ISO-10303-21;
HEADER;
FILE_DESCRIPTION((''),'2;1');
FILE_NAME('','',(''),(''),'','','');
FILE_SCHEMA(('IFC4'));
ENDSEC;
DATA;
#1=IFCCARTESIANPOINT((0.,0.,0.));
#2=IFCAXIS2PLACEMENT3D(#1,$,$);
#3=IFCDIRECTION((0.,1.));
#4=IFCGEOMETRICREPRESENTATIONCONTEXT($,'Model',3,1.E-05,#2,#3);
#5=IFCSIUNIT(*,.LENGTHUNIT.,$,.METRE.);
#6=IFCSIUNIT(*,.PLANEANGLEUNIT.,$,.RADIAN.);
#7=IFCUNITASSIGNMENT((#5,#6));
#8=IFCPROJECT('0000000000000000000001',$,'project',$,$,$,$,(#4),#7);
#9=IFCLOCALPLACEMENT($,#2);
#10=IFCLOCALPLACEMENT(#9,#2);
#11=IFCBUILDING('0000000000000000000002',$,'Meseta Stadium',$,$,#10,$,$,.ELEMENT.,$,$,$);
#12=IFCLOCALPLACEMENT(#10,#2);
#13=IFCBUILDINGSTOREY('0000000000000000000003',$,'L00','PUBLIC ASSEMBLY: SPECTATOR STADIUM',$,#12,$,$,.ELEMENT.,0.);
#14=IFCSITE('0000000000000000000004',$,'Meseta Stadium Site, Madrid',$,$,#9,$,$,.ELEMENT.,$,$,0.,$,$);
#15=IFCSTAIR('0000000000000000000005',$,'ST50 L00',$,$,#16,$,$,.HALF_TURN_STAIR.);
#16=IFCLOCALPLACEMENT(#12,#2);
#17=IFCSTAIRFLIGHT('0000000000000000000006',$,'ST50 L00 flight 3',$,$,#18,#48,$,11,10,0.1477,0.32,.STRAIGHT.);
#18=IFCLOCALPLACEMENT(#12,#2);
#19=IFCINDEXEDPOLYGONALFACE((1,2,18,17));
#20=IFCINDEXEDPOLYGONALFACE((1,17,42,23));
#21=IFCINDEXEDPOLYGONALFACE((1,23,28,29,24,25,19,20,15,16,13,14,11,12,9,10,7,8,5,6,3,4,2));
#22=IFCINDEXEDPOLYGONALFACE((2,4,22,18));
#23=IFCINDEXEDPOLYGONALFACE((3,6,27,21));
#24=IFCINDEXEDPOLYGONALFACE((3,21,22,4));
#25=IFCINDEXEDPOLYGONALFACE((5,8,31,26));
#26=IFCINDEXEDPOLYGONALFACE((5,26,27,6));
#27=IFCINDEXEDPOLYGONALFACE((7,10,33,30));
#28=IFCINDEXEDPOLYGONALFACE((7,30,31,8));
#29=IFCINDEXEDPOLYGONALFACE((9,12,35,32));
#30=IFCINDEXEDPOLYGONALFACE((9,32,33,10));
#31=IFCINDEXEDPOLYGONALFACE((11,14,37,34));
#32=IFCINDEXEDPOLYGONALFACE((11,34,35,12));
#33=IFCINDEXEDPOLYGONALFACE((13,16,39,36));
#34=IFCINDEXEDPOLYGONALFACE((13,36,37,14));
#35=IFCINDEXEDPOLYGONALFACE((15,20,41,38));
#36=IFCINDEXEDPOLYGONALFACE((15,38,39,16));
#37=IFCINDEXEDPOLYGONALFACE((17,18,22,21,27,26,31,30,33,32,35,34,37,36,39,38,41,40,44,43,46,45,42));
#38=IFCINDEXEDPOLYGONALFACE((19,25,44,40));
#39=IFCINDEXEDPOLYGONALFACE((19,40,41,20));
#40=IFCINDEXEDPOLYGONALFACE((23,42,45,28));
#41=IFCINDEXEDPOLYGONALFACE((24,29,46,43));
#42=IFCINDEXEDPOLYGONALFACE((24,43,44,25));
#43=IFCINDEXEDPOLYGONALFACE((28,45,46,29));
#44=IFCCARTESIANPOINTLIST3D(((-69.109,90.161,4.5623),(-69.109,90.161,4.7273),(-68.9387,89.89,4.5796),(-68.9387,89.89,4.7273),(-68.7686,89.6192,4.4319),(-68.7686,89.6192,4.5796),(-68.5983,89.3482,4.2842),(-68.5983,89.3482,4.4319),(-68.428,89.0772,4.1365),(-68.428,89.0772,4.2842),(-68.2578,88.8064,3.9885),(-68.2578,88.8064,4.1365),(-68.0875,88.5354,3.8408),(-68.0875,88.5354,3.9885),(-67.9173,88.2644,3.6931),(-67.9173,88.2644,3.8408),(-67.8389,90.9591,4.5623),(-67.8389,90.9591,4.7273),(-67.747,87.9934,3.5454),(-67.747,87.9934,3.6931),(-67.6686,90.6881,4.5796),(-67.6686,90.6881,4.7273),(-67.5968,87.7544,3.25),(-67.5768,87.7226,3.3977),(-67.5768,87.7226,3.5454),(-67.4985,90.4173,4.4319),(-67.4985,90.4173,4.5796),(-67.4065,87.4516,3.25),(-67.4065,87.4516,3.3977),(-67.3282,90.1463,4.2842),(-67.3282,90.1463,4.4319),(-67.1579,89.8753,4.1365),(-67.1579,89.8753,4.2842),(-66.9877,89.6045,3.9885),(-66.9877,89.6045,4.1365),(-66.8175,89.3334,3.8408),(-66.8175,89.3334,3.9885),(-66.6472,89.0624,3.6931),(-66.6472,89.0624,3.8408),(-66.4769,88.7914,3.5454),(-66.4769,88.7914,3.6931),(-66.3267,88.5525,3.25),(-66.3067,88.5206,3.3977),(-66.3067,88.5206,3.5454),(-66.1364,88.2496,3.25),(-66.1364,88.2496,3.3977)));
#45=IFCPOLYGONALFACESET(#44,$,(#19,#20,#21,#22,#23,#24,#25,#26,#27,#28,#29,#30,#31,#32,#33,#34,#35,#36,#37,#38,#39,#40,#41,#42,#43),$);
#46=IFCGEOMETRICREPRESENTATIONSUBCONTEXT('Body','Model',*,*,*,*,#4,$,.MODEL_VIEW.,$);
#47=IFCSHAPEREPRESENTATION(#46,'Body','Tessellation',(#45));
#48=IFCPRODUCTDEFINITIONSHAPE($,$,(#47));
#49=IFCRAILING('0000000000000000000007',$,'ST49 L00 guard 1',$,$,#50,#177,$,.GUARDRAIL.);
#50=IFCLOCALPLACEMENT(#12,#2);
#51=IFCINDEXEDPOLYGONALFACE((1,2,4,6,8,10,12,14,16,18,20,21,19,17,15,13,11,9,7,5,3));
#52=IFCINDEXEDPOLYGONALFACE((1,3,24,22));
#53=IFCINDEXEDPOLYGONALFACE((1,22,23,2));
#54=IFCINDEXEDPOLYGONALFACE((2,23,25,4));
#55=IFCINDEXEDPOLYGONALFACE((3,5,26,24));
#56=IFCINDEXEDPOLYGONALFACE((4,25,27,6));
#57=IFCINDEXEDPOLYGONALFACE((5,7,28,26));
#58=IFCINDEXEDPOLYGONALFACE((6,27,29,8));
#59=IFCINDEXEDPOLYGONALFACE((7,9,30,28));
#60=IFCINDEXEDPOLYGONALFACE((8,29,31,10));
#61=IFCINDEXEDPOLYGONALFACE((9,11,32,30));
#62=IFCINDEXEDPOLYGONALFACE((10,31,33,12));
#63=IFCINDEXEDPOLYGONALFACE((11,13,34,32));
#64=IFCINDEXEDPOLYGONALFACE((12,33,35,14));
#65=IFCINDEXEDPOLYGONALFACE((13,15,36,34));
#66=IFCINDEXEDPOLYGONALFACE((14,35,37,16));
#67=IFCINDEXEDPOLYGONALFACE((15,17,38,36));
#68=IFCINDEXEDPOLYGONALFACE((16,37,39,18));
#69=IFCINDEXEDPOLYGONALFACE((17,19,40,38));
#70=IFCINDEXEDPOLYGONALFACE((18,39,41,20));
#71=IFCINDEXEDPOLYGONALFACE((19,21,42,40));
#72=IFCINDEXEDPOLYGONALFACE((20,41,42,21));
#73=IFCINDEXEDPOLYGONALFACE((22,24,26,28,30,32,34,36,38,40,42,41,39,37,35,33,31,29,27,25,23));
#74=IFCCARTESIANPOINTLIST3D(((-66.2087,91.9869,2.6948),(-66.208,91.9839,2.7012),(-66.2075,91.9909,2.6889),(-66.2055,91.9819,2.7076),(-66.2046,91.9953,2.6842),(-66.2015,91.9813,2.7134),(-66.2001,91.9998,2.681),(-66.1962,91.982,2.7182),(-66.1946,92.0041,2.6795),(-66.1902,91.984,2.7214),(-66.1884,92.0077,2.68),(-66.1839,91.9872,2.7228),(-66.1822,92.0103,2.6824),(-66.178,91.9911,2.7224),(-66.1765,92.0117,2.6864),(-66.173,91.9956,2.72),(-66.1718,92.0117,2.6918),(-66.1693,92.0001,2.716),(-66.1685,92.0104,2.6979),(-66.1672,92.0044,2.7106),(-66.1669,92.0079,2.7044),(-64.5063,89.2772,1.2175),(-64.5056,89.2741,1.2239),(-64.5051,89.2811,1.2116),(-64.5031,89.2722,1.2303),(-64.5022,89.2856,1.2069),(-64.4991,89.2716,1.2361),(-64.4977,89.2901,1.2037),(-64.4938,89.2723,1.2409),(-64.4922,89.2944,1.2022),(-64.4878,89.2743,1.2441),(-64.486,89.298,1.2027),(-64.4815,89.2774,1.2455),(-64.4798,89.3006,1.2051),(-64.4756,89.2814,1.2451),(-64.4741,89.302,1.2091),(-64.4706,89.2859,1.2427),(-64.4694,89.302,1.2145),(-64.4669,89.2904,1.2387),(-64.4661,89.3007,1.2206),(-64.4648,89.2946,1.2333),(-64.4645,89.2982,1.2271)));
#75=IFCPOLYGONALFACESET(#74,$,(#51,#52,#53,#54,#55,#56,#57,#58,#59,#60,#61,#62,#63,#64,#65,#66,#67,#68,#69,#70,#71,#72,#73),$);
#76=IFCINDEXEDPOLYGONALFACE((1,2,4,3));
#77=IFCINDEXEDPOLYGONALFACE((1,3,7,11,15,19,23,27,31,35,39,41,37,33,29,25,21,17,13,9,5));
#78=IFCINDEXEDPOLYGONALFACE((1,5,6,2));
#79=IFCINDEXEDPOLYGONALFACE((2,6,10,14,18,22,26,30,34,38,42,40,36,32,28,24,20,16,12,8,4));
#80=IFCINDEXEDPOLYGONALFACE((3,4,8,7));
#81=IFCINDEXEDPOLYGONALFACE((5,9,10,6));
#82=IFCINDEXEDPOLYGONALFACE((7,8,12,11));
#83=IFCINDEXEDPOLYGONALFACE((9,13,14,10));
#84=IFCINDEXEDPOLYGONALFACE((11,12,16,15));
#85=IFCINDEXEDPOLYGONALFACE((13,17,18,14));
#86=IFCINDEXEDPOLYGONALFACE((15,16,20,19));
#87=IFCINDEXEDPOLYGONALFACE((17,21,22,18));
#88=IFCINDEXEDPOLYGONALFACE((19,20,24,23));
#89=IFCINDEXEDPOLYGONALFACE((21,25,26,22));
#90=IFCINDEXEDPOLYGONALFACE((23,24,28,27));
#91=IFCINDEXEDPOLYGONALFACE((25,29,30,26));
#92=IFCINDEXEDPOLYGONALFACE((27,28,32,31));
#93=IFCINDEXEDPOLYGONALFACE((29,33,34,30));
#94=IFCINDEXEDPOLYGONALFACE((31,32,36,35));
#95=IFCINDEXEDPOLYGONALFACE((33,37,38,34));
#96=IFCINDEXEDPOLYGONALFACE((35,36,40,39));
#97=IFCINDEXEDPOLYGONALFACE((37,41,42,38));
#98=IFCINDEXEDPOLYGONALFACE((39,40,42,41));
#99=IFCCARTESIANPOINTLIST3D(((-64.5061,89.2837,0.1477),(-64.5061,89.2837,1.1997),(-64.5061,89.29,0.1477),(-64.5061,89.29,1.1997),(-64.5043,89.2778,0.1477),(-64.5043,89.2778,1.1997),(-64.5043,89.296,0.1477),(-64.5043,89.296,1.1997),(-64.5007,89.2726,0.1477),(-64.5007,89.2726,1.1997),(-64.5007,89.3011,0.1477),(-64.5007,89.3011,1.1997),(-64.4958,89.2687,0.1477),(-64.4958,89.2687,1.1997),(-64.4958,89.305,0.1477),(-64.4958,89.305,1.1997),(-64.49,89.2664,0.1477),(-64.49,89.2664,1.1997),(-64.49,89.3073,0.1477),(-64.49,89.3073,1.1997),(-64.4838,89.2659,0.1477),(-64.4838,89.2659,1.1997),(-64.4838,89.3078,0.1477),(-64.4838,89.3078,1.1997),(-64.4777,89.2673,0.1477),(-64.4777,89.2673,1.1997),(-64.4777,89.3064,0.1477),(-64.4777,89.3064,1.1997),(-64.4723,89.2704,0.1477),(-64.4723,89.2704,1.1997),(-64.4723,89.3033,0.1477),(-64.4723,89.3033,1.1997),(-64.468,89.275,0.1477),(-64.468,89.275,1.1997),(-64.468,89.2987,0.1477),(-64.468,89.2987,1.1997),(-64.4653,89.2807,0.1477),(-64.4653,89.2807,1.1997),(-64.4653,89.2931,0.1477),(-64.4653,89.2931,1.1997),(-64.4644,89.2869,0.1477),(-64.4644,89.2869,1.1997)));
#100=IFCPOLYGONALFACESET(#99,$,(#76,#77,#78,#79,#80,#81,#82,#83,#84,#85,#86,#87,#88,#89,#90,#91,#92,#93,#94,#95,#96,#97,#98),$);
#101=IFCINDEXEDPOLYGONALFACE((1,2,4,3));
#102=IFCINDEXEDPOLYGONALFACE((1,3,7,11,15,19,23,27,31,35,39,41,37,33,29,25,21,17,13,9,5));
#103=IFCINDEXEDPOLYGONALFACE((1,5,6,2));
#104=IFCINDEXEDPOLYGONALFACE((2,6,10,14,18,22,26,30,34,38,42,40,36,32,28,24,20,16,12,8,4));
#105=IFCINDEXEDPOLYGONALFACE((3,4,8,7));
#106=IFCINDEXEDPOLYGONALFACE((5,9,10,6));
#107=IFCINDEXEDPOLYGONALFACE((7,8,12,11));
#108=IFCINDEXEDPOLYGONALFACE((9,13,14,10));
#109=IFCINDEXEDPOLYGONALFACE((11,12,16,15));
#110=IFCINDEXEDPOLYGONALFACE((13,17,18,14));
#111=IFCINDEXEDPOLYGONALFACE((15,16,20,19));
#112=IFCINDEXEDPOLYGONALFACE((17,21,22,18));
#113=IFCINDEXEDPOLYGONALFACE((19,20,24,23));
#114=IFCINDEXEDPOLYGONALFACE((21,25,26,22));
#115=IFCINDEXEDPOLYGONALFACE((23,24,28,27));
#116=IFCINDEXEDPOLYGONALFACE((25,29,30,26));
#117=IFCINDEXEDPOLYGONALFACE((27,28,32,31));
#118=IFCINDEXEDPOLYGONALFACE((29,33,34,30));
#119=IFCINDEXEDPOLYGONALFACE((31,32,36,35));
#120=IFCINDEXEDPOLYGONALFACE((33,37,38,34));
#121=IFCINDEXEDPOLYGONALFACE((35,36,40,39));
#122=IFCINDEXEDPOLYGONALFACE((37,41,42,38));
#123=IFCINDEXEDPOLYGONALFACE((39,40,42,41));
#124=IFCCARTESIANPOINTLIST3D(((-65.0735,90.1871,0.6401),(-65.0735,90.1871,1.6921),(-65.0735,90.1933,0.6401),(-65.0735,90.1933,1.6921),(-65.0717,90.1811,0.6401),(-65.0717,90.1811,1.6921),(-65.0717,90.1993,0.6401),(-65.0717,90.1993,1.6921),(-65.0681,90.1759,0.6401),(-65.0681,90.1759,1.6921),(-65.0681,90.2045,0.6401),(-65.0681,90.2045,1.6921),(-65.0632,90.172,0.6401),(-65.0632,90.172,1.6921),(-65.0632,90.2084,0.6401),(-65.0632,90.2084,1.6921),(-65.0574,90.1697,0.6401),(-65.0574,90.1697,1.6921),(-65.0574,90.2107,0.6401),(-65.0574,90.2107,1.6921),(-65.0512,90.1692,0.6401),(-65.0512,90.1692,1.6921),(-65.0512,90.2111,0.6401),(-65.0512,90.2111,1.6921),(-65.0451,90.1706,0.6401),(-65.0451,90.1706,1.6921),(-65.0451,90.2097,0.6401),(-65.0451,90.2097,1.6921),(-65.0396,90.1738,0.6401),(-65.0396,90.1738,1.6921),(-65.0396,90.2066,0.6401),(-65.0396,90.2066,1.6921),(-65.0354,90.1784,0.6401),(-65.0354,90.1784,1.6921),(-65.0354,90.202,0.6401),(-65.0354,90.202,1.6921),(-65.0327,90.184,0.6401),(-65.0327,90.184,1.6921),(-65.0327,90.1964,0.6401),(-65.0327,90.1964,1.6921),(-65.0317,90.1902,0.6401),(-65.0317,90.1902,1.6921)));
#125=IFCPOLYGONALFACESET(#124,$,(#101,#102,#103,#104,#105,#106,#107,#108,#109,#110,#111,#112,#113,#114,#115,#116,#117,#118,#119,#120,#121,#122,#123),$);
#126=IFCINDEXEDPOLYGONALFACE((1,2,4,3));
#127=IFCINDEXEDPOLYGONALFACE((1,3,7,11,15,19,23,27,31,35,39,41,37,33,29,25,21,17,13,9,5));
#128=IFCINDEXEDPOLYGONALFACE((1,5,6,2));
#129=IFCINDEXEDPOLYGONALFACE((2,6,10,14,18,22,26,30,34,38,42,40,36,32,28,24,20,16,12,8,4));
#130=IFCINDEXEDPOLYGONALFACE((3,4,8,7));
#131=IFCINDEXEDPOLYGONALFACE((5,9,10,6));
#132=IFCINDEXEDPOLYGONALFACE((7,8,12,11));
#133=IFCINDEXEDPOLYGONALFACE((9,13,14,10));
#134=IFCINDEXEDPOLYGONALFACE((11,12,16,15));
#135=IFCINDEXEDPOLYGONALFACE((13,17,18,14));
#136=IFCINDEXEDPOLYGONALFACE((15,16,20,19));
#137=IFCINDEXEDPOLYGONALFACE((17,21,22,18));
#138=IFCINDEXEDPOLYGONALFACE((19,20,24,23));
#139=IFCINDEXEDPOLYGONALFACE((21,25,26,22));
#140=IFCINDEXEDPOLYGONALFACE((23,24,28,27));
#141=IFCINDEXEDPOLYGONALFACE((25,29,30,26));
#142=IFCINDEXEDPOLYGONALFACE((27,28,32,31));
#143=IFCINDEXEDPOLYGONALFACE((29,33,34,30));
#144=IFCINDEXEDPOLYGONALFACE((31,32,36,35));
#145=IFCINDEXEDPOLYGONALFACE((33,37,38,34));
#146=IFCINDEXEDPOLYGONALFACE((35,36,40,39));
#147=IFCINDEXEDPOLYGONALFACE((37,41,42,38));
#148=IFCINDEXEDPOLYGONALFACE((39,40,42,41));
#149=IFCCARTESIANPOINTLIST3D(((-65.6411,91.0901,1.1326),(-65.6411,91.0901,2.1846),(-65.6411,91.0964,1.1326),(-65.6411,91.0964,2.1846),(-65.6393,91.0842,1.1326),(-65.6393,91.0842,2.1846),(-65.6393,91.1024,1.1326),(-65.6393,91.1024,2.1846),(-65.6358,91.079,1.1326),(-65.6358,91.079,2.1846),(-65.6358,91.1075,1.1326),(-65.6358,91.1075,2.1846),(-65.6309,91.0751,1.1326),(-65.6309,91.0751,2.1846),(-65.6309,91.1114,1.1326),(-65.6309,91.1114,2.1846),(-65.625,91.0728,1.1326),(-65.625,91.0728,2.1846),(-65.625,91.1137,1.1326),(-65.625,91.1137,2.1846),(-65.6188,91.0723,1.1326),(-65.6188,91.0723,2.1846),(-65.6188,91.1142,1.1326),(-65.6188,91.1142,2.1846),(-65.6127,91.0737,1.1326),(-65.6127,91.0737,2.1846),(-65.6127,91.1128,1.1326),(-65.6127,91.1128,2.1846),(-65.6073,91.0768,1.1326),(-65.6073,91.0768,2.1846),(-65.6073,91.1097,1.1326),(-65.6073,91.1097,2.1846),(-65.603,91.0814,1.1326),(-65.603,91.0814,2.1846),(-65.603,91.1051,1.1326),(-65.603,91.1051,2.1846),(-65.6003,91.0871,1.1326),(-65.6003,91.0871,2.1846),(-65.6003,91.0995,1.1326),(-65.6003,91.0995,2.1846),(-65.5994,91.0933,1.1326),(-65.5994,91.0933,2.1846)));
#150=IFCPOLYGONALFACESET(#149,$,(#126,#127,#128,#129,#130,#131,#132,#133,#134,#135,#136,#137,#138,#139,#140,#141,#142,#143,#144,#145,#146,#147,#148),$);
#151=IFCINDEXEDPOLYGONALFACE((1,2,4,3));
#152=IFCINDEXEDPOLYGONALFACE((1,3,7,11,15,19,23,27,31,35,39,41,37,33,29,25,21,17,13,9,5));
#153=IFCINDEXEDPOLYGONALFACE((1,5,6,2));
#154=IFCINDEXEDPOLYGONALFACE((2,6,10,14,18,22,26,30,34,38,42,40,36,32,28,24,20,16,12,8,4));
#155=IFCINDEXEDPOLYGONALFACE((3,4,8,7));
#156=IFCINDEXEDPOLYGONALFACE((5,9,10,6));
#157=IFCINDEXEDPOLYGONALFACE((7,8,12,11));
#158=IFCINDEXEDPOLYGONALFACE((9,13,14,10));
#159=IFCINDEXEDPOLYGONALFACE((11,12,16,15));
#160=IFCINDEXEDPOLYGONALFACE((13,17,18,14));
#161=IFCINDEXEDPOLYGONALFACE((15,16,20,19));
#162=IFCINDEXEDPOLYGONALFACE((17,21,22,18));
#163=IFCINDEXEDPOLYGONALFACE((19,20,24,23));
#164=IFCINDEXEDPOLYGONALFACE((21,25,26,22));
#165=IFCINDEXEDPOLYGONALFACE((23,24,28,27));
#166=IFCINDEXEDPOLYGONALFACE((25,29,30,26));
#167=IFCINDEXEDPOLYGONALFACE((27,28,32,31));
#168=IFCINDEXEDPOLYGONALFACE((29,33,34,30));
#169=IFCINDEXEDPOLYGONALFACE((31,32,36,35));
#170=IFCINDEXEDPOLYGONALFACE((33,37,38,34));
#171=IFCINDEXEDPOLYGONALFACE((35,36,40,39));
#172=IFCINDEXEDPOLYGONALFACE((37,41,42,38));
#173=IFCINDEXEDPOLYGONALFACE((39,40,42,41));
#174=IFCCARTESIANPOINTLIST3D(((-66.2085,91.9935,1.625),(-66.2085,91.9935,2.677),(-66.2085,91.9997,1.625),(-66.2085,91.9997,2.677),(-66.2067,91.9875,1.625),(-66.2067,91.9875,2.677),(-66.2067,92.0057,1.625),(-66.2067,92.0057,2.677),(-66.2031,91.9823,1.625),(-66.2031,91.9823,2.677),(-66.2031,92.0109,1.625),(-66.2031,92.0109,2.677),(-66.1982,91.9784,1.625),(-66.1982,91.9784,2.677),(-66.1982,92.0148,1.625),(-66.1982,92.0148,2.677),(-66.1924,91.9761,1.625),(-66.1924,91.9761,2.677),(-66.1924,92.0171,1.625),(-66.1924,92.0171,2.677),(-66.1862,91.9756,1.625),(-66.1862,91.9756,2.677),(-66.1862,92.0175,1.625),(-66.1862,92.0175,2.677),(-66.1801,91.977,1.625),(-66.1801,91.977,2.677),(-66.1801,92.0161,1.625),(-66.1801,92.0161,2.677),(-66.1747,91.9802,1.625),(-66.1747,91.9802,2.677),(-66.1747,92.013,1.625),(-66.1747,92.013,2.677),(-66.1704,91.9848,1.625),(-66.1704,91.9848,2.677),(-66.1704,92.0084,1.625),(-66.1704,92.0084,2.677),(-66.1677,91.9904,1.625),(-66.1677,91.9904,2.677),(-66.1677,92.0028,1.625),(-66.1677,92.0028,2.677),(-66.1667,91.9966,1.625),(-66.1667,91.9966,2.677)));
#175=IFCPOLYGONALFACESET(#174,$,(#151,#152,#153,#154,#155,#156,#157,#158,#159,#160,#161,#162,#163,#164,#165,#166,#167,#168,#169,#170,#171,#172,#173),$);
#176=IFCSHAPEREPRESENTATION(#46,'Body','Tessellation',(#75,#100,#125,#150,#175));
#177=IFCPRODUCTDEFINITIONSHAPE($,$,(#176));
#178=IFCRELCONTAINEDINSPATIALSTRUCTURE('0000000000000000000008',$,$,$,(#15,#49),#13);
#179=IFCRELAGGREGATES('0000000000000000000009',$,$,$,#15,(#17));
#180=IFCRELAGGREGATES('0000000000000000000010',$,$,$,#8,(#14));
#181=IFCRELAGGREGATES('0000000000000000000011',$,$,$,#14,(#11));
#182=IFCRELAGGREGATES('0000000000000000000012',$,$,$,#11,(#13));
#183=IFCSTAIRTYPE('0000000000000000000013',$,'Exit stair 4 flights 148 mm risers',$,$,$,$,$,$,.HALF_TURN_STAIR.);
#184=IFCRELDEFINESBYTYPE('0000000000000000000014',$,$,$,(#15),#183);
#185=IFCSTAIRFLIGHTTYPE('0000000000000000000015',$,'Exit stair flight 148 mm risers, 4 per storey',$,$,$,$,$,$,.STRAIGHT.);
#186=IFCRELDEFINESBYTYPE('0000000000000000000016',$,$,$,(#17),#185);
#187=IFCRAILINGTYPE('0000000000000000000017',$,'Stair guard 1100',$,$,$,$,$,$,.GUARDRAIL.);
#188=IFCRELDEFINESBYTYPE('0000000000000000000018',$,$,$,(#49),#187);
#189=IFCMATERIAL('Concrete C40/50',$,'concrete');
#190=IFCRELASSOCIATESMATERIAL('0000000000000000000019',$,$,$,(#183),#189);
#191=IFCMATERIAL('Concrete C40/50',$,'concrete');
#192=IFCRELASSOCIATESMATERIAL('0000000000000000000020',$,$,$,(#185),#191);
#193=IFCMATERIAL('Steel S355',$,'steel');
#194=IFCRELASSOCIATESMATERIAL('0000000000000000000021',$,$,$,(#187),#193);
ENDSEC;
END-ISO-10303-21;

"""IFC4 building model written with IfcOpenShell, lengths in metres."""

from ifc_helpers import new_model, si_unit, direction, frame, origin, origin_2d, place, context, subcontext, project, spatial, polyline, circle, outline, extrude, material, type_object, element, aggregate, save


model = new_model("IFC4")

# Units and contexts
model_context = context("Model", 3, precision=1e-05, world=origin(), true_north=direction((0.0, 1.0)))
body_context = subcontext(model_context, "Body", "Model", "MODEL_VIEW")
ifc_project = project(units=[si_unit("LENGTHUNIT", "METRE"), si_unit("PLANEANGLEUNIT", "RADIAN")], contexts=[model_context])

# Site, building, storey
site_placement = place(None, origin())
site = spatial("IfcSite", under=ifc_project, at=site_placement, Name="Meseta Stadium Site, Madrid", CompositionType="ELEMENT", RefElevation=0.0)
building_placement = place(site_placement, origin())
building = spatial("IfcBuilding", under=site, at=building_placement, Name="Meseta Stadium", CompositionType="ELEMENT")
storey_placement = place(building_placement, origin())
storey = spatial("IfcBuildingStorey", under=building, at=storey_placement, Name="L00", Description="PUBLIC ASSEMBLY: SPECTATOR STADIUM", CompositionType="ELEMENT", Elevation=0.0)

# Stair, stair flight
ifc_material_1 = material(Name="Concrete C40/50", Category="concrete")
stair_type = type_object("IfcStairType", Name="Exit stair 4 flights 148 mm risers", PredefinedType="HALF_TURN_STAIR", material=ifc_material_1)
ifc_material_2 = material(Name="Concrete C40/50", Category="concrete")
stair_flight_type = type_object("IfcStairFlightType", Name="Exit stair flight 148 mm risers, 4 per storey", PredefinedType="STRAIGHT", material=ifc_material_2)
stair_1_placement = place(storey_placement, origin())
stair_1 = element("IfcStair", 1, at=stair_1_placement, inside=storey, type_object=stair_type, Name="ST50 L00", PredefinedType="HALF_TURN_STAIR")
stair_flight_1_placement = place(storey_placement, frame((-66.7715, 87.8506, 3.25), z_axis=(0.0, 0.0, 1.0), x_axis=(-0.532032, 0.846724, 0.0)))
stair_flight_1 = element("IfcStairFlight", 2, at=stair_flight_1_placement, type_object=stair_flight_type, Name="ST50 L00 flight 3", NumberOfRisers=11, NumberOfTreads=10, PredefinedType="STRAIGHT", RiserHeight=0.1477, TreadLength=0.32, context=body_context, shape_type="SweptSolid", body=[
    extrude(outline(polyline([(0.0, 0.0), (0.0, 0.1477), (0.3201, 0.1477), (0.3201, 0.2954), (0.6399, 0.2954), (0.6399, 0.4431), (0.96, 0.4431), (0.96, 0.5908), (1.28, 0.5908), (1.28, 0.7385), (1.6001, 0.7385), (1.6001, 0.8865), (1.9199, 0.8865), (1.9199, 1.0342), (2.24, 1.0342), (2.24, 1.1819), (2.5601, 1.1819), (2.5601, 1.3296), (2.8799, 1.3296), (2.8799, 1.4773), (3.2, 1.4773), (3.2, 1.3123), (0.3577, 0.0), (0.0, 0.0)])), frame((0.0, 0.75, 0.0), z_axis=(0.0, -1.0, 0.0), x_axis=(1.0, 0.0, 0.0)), (0.0, 0.0, 1.0), 1.5),
])
aggregate(stair_1, [stair_flight_1])

# Railing
ifc_material_3 = material(Name="Steel S355", Category="steel")
railing_type_1 = type_object("IfcRailingType", Name="Stair guard 1100", PredefinedType="GUARDRAIL", material=ifc_material_3)
railing_1_placement = place(storey_placement, frame((-64.4854, 89.2869, 0.1477)))
element("IfcRailing", 3, at=railing_1_placement, inside=storey, type_object=railing_type_1, Name="ST49 L00 guard 1", PredefinedType="GUARDRAIL", context=body_context, shape_type="SweptSolid", body=[
    extrude(circle(Radius=0.0239, at=origin_2d()), frame((0.0, 0.0, 1.0762), z_axis=(-0.482997, 0.768792, 0.419133), x_axis=(-0.846757, -0.531979, 0.0)), (0.0, 0.0, 1.0), 3.5247),
    extrude(circle(Radius=0.021, at=origin_2d()), origin(), (0.0, 0.0, 1.0), 1.052),
    extrude(circle(Radius=0.021, at=origin_2d()), frame((-0.5674, 0.9033, 0.4924)), (0.0, 0.0, 1.0), 1.052),
    extrude(circle(Radius=0.021, at=origin_2d()), frame((-1.135, 1.8064, 0.9849)), (0.0, 0.0, 1.0), 1.052),
    extrude(circle(Radius=0.021, at=origin_2d()), frame((-1.7024, 2.7097, 1.4773)), (0.0, 0.0, 1.0), 1.052),
])

save(model, "model.ifc")
